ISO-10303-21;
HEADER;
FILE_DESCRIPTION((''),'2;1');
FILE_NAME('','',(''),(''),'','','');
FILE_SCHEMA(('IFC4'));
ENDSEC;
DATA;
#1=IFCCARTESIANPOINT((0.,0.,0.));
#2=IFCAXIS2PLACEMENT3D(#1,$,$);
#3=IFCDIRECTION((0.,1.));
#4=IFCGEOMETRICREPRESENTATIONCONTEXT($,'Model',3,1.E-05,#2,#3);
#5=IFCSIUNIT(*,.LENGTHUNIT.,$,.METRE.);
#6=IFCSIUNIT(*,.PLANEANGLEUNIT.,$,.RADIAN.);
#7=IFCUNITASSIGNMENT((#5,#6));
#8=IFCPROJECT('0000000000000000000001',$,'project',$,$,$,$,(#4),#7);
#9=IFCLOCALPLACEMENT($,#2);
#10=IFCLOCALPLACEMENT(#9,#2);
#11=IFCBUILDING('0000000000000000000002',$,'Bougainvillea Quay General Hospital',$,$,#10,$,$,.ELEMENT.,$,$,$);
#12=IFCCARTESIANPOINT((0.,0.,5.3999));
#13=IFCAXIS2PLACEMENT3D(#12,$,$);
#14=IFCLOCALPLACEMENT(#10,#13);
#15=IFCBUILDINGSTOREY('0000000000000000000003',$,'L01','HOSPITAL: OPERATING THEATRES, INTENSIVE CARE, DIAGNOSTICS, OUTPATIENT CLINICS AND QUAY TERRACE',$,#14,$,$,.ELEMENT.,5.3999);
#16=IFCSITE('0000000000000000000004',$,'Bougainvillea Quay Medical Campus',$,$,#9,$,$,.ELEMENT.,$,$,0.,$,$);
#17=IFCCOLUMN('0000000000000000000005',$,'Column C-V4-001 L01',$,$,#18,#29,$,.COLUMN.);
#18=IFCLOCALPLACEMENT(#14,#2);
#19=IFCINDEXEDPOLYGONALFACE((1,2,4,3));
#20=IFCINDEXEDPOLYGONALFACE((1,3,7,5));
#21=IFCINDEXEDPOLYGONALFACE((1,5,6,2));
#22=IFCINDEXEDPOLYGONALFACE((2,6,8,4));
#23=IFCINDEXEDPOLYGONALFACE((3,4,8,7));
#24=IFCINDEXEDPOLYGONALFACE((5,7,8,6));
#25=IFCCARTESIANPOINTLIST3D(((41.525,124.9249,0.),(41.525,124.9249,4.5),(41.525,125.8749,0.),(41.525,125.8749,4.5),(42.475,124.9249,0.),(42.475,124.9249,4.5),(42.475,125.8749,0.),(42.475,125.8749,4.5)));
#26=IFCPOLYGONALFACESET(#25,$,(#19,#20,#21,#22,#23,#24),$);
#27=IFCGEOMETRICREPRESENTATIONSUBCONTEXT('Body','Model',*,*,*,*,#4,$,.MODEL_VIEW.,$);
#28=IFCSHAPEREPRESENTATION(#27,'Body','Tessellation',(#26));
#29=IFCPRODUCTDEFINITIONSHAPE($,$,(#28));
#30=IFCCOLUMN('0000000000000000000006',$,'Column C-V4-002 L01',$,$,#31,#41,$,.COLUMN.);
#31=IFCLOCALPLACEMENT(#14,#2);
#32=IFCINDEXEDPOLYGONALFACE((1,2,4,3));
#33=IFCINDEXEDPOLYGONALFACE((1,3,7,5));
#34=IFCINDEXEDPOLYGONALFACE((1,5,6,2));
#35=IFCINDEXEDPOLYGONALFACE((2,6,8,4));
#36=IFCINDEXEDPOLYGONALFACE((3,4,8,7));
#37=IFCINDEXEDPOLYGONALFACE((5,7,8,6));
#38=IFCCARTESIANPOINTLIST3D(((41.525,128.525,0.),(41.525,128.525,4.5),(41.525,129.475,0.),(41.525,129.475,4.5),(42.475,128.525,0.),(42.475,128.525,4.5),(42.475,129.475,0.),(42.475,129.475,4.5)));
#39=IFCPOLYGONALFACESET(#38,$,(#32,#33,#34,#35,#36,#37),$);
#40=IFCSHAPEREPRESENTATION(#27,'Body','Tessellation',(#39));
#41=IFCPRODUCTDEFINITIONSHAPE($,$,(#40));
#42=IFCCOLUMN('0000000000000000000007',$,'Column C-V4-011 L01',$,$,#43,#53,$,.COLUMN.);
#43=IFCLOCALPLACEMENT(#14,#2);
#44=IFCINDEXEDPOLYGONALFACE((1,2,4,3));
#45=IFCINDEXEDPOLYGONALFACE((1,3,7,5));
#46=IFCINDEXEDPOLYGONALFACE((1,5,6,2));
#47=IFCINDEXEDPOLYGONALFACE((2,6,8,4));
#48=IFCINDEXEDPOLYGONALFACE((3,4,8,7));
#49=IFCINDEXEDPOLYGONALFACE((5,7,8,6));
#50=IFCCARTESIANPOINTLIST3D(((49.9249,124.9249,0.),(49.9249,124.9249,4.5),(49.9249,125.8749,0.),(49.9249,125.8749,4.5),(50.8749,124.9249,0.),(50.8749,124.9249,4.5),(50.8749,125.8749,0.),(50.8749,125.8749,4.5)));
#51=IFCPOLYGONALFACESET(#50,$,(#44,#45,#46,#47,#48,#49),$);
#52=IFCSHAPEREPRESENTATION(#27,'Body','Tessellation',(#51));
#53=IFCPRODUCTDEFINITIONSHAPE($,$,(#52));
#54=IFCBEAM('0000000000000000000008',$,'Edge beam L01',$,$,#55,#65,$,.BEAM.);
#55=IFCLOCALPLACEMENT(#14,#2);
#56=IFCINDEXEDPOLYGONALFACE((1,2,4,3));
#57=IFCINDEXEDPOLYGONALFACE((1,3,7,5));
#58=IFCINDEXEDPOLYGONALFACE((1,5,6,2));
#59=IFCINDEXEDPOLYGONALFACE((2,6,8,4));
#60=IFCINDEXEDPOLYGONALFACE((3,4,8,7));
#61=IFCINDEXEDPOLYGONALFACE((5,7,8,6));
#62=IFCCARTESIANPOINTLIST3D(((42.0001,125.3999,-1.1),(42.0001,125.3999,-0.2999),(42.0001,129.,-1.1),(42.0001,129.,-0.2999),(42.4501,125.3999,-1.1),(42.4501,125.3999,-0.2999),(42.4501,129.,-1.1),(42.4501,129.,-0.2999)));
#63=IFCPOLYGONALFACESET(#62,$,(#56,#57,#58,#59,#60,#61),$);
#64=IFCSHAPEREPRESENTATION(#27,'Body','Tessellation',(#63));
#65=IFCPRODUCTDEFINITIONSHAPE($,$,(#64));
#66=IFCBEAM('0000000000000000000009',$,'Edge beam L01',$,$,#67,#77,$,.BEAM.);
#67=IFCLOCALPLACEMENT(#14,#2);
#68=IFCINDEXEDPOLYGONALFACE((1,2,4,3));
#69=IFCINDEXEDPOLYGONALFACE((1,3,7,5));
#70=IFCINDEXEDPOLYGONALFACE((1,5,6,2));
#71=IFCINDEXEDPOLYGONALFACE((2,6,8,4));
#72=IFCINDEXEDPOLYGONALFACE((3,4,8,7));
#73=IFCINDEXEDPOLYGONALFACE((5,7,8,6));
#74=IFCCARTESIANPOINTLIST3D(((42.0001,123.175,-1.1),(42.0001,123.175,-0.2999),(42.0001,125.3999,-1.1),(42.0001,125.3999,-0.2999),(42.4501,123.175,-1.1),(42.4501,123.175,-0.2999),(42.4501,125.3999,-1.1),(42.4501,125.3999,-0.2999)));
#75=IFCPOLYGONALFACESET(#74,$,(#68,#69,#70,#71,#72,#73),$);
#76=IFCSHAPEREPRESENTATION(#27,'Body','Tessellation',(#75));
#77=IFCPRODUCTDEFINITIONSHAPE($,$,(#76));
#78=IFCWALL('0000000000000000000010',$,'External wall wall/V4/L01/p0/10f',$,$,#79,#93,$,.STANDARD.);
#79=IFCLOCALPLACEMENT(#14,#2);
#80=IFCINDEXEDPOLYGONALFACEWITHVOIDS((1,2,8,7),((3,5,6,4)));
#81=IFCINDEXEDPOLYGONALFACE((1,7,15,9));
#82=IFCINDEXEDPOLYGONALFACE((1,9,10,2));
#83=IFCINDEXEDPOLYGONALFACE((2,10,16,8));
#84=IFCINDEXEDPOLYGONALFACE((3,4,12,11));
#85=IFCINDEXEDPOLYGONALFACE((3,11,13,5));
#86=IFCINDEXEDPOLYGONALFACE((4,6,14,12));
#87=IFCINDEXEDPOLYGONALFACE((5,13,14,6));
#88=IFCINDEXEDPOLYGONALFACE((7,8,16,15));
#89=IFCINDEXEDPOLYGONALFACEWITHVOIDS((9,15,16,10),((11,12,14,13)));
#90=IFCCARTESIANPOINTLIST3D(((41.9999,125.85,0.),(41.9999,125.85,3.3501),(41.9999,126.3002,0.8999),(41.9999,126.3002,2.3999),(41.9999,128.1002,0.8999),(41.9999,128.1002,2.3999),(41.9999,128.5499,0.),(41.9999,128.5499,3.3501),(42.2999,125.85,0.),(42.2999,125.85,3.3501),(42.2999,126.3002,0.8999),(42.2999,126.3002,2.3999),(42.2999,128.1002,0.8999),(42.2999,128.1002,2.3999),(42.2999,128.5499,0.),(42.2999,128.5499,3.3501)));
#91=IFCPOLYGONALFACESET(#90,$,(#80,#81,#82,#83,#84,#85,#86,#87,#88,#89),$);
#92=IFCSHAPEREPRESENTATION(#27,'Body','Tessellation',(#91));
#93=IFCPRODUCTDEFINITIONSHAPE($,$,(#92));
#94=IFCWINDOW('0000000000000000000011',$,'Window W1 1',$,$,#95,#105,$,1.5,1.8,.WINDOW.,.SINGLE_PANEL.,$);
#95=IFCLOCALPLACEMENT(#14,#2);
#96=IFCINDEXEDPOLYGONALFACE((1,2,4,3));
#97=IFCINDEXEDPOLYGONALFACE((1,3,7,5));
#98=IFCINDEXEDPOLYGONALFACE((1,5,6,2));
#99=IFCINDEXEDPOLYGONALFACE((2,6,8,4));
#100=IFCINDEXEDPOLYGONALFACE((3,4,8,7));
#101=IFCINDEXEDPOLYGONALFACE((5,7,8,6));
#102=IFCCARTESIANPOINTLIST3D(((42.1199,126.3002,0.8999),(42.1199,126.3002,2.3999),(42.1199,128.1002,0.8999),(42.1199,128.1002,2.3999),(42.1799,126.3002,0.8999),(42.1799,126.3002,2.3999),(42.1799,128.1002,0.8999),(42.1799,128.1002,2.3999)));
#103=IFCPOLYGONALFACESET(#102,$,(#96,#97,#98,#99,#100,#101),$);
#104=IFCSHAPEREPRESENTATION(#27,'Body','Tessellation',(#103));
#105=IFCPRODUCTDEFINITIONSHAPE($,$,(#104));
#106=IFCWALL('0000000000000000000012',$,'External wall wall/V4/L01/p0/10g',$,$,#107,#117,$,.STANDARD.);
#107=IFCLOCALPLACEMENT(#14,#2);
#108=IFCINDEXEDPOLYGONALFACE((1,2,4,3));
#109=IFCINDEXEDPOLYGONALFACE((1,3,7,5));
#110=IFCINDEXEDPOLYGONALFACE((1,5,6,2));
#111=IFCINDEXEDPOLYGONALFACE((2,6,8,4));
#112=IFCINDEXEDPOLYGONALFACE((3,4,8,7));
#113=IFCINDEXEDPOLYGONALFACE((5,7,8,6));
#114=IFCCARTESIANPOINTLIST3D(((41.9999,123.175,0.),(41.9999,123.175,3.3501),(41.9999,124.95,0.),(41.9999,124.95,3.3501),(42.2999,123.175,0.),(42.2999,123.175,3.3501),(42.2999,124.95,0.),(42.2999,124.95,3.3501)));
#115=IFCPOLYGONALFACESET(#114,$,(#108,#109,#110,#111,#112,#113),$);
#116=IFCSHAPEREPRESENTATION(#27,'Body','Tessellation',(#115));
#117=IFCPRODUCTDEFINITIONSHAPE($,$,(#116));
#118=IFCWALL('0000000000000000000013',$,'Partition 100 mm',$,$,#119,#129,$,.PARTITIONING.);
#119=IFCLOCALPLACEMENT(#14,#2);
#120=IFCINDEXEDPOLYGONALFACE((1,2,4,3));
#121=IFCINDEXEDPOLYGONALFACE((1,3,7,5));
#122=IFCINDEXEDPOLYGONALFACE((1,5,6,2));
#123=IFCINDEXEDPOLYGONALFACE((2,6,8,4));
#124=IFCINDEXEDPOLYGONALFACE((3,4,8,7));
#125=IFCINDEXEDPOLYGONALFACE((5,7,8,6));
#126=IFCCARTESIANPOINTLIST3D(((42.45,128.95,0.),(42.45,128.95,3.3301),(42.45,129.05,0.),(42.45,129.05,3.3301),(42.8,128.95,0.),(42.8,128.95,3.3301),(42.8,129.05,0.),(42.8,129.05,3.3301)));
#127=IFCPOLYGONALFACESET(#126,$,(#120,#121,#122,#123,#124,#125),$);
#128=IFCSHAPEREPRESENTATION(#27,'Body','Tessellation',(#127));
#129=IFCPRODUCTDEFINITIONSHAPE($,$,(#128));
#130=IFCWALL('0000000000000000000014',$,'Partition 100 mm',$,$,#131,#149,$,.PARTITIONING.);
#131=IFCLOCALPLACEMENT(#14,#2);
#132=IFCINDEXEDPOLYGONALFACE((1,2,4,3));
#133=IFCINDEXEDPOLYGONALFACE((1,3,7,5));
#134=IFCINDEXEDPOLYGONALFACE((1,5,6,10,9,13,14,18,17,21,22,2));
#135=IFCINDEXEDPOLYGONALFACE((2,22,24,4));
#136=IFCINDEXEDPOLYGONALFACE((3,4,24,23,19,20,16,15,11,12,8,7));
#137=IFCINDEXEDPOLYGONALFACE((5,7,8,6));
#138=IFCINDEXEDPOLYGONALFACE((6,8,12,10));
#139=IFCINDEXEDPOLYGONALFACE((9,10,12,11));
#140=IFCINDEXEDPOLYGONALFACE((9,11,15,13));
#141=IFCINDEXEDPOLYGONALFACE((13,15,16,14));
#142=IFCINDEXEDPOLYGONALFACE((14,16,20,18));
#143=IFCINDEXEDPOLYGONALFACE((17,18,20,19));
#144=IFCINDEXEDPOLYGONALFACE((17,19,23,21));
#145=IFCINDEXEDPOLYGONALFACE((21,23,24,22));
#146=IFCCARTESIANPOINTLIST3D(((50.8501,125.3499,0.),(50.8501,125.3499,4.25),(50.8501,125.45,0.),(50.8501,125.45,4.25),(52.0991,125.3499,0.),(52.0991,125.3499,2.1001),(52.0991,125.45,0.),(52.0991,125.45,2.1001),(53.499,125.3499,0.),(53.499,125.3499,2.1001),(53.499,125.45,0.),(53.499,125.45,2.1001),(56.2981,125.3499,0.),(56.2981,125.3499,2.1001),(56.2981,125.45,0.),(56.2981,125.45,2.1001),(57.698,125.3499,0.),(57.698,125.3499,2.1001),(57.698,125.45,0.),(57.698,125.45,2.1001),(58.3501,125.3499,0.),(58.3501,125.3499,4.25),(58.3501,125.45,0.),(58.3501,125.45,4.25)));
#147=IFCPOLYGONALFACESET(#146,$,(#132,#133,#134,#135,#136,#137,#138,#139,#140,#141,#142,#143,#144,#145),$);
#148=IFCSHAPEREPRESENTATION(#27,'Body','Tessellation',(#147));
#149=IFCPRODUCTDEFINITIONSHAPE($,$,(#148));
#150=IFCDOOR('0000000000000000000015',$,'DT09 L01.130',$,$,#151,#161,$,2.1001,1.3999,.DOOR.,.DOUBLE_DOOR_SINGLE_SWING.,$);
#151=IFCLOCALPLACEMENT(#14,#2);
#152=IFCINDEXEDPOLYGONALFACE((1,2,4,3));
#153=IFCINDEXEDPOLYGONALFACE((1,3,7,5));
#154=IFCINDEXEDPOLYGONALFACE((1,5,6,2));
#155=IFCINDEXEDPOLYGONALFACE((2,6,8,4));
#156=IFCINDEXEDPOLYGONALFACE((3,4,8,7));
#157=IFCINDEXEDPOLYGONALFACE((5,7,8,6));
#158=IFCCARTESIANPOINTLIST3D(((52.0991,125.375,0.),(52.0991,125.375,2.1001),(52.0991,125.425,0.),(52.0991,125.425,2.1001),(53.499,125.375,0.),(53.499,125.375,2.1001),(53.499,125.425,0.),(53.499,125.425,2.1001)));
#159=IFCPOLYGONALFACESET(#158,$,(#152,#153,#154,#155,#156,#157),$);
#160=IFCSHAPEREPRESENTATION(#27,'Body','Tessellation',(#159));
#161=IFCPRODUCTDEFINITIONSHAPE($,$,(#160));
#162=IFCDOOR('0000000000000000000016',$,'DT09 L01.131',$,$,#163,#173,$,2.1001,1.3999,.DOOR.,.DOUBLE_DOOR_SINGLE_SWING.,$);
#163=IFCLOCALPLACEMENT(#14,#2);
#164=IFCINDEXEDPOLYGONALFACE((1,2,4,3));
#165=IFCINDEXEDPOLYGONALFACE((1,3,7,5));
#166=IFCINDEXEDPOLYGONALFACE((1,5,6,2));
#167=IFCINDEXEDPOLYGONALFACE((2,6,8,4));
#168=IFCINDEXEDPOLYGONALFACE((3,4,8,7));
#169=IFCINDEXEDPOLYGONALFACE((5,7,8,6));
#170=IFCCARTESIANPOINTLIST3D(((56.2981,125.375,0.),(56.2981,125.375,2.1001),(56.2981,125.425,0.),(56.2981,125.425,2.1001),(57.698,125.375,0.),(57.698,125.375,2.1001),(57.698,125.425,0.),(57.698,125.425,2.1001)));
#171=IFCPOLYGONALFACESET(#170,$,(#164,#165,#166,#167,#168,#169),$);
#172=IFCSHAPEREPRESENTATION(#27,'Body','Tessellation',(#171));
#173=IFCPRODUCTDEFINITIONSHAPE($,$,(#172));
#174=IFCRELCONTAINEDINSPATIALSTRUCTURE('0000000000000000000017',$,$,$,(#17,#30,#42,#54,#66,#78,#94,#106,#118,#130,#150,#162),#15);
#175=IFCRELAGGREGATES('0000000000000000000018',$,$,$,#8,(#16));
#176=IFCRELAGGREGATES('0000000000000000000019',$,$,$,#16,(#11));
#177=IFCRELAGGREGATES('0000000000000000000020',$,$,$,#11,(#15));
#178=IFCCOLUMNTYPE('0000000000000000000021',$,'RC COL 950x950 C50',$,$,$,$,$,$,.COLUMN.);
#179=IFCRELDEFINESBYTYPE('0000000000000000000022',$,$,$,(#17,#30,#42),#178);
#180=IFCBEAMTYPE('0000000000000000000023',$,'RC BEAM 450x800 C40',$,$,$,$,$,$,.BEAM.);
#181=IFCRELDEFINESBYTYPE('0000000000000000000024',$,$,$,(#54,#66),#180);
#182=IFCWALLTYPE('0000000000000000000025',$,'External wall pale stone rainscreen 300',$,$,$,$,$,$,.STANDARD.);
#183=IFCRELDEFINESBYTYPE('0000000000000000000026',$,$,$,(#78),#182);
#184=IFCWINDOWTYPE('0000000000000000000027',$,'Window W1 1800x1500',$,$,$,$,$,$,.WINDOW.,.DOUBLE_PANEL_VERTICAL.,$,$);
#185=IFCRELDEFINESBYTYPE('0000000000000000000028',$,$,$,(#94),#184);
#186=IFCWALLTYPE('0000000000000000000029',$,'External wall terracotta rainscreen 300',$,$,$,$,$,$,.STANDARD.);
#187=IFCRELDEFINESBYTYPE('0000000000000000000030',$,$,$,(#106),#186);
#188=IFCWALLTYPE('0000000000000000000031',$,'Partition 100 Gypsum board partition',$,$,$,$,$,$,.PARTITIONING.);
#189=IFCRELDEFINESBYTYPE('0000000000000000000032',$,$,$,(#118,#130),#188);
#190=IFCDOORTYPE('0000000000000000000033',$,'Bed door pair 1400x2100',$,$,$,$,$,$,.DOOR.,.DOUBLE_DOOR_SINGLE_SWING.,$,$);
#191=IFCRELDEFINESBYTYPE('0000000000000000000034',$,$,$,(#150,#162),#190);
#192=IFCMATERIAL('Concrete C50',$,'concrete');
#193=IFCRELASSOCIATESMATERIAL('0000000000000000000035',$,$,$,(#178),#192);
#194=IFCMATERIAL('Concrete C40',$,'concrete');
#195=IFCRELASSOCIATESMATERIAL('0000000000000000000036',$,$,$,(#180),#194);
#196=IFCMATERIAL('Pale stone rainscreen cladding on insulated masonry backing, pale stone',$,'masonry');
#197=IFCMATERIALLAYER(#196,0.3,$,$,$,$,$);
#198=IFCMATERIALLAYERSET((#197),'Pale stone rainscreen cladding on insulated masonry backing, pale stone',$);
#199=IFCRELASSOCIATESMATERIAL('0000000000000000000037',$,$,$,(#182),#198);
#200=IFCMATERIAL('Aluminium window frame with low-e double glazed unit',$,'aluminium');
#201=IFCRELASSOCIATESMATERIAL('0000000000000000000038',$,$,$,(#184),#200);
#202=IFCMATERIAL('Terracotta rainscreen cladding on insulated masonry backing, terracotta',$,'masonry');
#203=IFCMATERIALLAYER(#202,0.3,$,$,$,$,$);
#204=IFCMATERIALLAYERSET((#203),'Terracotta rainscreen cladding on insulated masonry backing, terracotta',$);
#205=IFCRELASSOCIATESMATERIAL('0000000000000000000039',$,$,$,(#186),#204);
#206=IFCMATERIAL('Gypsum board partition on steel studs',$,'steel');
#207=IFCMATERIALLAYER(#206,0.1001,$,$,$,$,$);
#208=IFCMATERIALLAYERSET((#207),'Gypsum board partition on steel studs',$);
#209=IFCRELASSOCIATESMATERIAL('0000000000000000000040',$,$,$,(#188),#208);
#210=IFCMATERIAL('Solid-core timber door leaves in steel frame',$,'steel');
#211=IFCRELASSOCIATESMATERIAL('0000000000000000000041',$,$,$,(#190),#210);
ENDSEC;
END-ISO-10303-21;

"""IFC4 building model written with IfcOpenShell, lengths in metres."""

from ifc_helpers import new_model, si_unit, direction, frame, frame_2d, origin, origin_2d, place, context, subcontext, project, spatial, rectangle, extrude, material, layer, layer_set, material_profile, profile_set, type_object, element, fill, save


model = new_model("IFC4")

# Units and contexts
model_context = context("Model", 3, precision=1e-05, world=origin(), true_north=direction((0.0, 1.0)))
body_context = subcontext(model_context, "Body", "Model", "MODEL_VIEW")
ifc_project = project(units=[si_unit("LENGTHUNIT", "METRE"), si_unit("PLANEANGLEUNIT", "RADIAN")], contexts=[model_context])

# Site, building, storey
site_placement = place(None, origin())
site = spatial("IfcSite", under=ifc_project, at=site_placement, Name="Bougainvillea Quay Medical Campus", CompositionType="ELEMENT", RefElevation=0.0)
building_placement = place(site_placement, origin())
building = spatial("IfcBuilding", under=site, at=building_placement, Name="Bougainvillea Quay General Hospital", CompositionType="ELEMENT")
storey_placement = place(building_placement, frame((0.0, 0.0, 5.3999)))
storey = spatial("IfcBuildingStorey", under=building, at=storey_placement, Name="L01", Description="HOSPITAL: OPERATING THEATRES, INTENSIVE CARE, DIAGNOSTICS, OUTPATIENT CLINICS AND QUAY TERRACE", CompositionType="ELEMENT", Elevation=5.3999)

# Columns
ifc_material_1 = material(Name="Concrete C50", Category="concrete")
ifc_material_profile_1 = material_profile(ifc_material_1, rectangle(XDim=0.95, YDim=0.95, at=origin_2d()))
ifc_profile_set_1 = profile_set([ifc_material_profile_1], Name="Concrete C50")
column_type = type_object("IfcColumnType", Name="RC COL 950x950 C50", PredefinedType="COLUMN", material=ifc_profile_set_1)
for number, where, z_axis, x_axis, name in (
    (1, (42.0, 125.3999, 0.0), (0.0, 0.0, 1.0), (1.0, 0.0, 0.0), "Column C-V4-001 L01"),
    (2, (42.0, 129.0, 0.0), (0.0, 0.0, 1.0), (1.0, 0.0, 0.0), "Column C-V4-002 L01"),
    (3, (50.3999, 125.3999, 0.0), (0.0, 0.0, 1.0), (1.0, 0.0, 0.0), "Column C-V4-011 L01"),
):
    element("IfcColumn", number, at=place(storey_placement, frame(where, z_axis=z_axis, x_axis=x_axis)), inside=storey, type_object=column_type, Name=name, PredefinedType="COLUMN", context=body_context, shape_type="SweptSolid", body=[
        extrude(rectangle(XDim=0.95, YDim=0.95, at=origin_2d()), origin(), (0.0, 0.0, 1.0), 4.5),
    ])

# Beams
ifc_material_2 = material(Name="Concrete C40", Category="concrete")
ifc_material_profile_2 = material_profile(ifc_material_2, rectangle(XDim=0.45, YDim=0.8, at=origin_2d()))
ifc_profile_set_2 = profile_set([ifc_material_profile_2], Name="Concrete C40")
beam_type = type_object("IfcBeamType", Name="RC BEAM 450x800 C40", PredefinedType="BEAM", material=ifc_profile_set_2)
beam_1_placement = place(storey_placement, frame((42.2251, 129.0, -0.7), z_axis=(0.0, -1.0, 0.0), x_axis=(1.0, 0.0, 0.0)))
element("IfcBeam", 4, at=beam_1_placement, inside=storey, type_object=beam_type, Name="Edge beam L01", PredefinedType="BEAM", context=body_context, shape_type="SweptSolid", body=[
    extrude(rectangle(XDim=0.45, YDim=0.8, at=origin_2d()), origin(), (0.0, 0.0, 1.0), 3.6001),
])
beam_2_placement = place(storey_placement, frame((42.2251, 125.3999, -0.7), z_axis=(0.0, -1.0, 0.0), x_axis=(1.0, 0.0, 0.0)))
element("IfcBeam", 5, at=beam_2_placement, inside=storey, type_object=beam_type, Name="Edge beam L01", PredefinedType="BEAM", context=body_context, shape_type="SweptSolid", body=[
    extrude(rectangle(XDim=0.45, YDim=0.8, at=origin_2d()), origin(), (0.0, 0.0, 1.0), 2.2249),
])

# Wall, opening, window
ifc_material_3 = material(Name="Pale stone rainscreen cladding on insulated masonry backing, pale stone", Category="masonry")
ifc_layer_1 = layer(ifc_material_3, 0.3)
ifc_layer_set_1 = layer_set([ifc_layer_1], Name="Pale stone rainscreen cladding on insulated masonry backing, pale stone")
wall_type_1 = type_object("IfcWallType", Name="External wall pale stone rainscreen 300", PredefinedType="STANDARD", material=ifc_layer_set_1)
wall_1_placement = place(storey_placement, frame((42.1499, 128.55, 0.0), z_axis=(0.0, 0.0, 1.0), x_axis=(0.0, -1.0, 0.0)))
wall_1 = element("IfcWall", 6, at=wall_1_placement, inside=storey, type_object=wall_type_1, Name="External wall wall/V4/L01/p0/10f", PredefinedType="STANDARD", context=body_context, shape_type="SweptSolid", body=[
    extrude(rectangle(XDim=2.7, YDim=0.3, at=frame_2d((1.3501, 0.0))), origin(), (0.0, 0.0, 1.0), 3.3501),
])
opening_1_placement = place(wall_1_placement, frame((0.45, 0.0, 0.8999)))
opening_1 = element("IfcOpeningElement", 7, at=opening_1_placement, cuts=wall_1, PredefinedType="OPENING", context=body_context, shape_type="SweptSolid", body=[
    extrude(rectangle(XDim=1.8, YDim=1.5, at=frame_2d((0.8999, 0.75))), frame((0.0, 0.1599, 0.0), z_axis=(0.0, -1.0, 0.0), x_axis=(1.0, 0.0, 0.0)), (0.0, 0.0, 1.0), 0.3201),
])
ifc_material_4 = material(Name="Aluminium window frame with low-e double glazed unit", Category="aluminium")
window_type = type_object("IfcWindowType", Name="Window W1 1800x1500", PartitioningType="DOUBLE_PANEL_VERTICAL", PredefinedType="WINDOW", material=ifc_material_4)
window_placement = place(opening_1_placement, origin())
window = element("IfcWindow", 8, at=window_placement, inside=storey, type_object=window_type, Name="Window W1 1", OverallHeight=1.5, OverallWidth=1.8, PartitioningType="SINGLE_PANEL", PredefinedType="WINDOW", context=body_context, shape_type="SweptSolid", body=[
    extrude(rectangle(XDim=1.8, YDim=1.5, at=frame_2d((0.8999, 0.75))), frame((0.0, 0.03, 0.0), z_axis=(0.0, -1.0, 0.0), x_axis=(1.0, 0.0, 0.0)), (0.0, 0.0, 1.0), 0.0601),
])
fill(opening_1, window)

# Walls
ifc_material_5 = material(Name="Terracotta rainscreen cladding on insulated masonry backing, terracotta", Category="masonry")
ifc_layer_2 = layer(ifc_material_5, 0.3)
ifc_layer_set_2 = layer_set([ifc_layer_2], Name="Terracotta rainscreen cladding on insulated masonry backing, terracotta")
wall_type_2 = type_object("IfcWallType", Name="External wall terracotta rainscreen 300", PredefinedType="STANDARD", material=ifc_layer_set_2)
wall_2_placement = place(storey_placement, frame((42.1499, 124.95, 0.0), z_axis=(0.0, 0.0, 1.0), x_axis=(0.0, -1.0, 0.0)))
element("IfcWall", 9, at=wall_2_placement, inside=storey, type_object=wall_type_2, Name="External wall wall/V4/L01/p0/10g", PredefinedType="STANDARD", context=body_context, shape_type="SweptSolid", body=[
    extrude(rectangle(XDim=1.7749, YDim=0.3, at=frame_2d((0.8875, 0.0))), origin(), (0.0, 0.0, 1.0), 3.3501),
])
ifc_material_6 = material(Name="Gypsum board partition on steel studs", Category="steel")
ifc_layer_3 = layer(ifc_material_6, 0.1001)
ifc_layer_set_3 = layer_set([ifc_layer_3], Name="Gypsum board partition on steel studs")
wall_type_3 = type_object("IfcWallType", Name="Partition 100 Gypsum board partition", PredefinedType="PARTITIONING", material=ifc_layer_set_3)
wall_3_placement = place(storey_placement, frame((42.8, 129.0, 0.0), z_axis=(0.0, 0.0, 1.0), x_axis=(-1.0, 0.0, 0.0)))
element("IfcWall", 10, at=wall_3_placement, inside=storey, type_object=wall_type_3, Name="Partition 100 mm", PredefinedType="PARTITIONING", context=body_context, shape_type="SweptSolid", body=[
    extrude(rectangle(XDim=0.3501, YDim=0.1001, at=frame_2d((0.175, 0.0))), origin(), (0.0, 0.0, 1.0), 3.3301),
])

# Wall, openings, doors
wall_4_placement = place(storey_placement, frame((50.8501, 125.3999, 0.0), z_axis=(0.0, 0.0, 1.0), x_axis=(1.0, 0.0, 0.0)))
wall_4 = element("IfcWall", 11, at=wall_4_placement, inside=storey, type_object=wall_type_3, Name="Partition 100 mm", PredefinedType="PARTITIONING", context=body_context, shape_type="SweptSolid", body=[
    extrude(rectangle(XDim=7.5, YDim=0.1001, at=frame_2d((3.75, 0.0))), origin(), (0.0, 0.0, 1.0), 4.25),
])
opening_2_placement = place(wall_4_placement, frame((1.249, 0.0, 0.0)))
opening_2 = element("IfcOpeningElement", 12, at=opening_2_placement, cuts=wall_4, PredefinedType="OPENING", context=body_context, shape_type="SweptSolid", body=[
    extrude(rectangle(XDim=1.3999, YDim=2.1001, at=frame_2d((0.7, 1.05))), frame((0.0, 0.0601, 0.0), z_axis=(0.0, -1.0, 0.0), x_axis=(1.0, 0.0, 0.0)), (0.0, 0.0, 1.0), 0.1201),
])
opening_3_placement = place(wall_4_placement, frame((5.448, 0.0, 0.0)))
opening_3 = element("IfcOpeningElement", 13, at=opening_3_placement, cuts=wall_4, PredefinedType="OPENING", context=body_context, shape_type="SweptSolid", body=[
    extrude(rectangle(XDim=1.3999, YDim=2.1001, at=frame_2d((0.7, 1.05))), frame((0.0, 0.0601, 0.0), z_axis=(0.0, -1.0, 0.0), x_axis=(1.0, 0.0, 0.0)), (0.0, 0.0, 1.0), 0.1201),
])
ifc_material_7 = material(Name="Solid-core timber door leaves in steel frame", Category="steel")
door_type_1 = type_object("IfcDoorType", Name="Bed door pair 1400x2100", OperationType="DOUBLE_DOOR_SINGLE_SWING", PredefinedType="DOOR", material=ifc_material_7)
door_1_placement = place(opening_2_placement, frame((1.3999, 0.0, 0.0), z_axis=(0.0, 0.0, 1.0), x_axis=(-1.0, 0.0, 0.0)))
door_1 = element("IfcDoor", 14, at=door_1_placement, inside=storey, type_object=door_type_1, Name="DT09 L01.130", OperationType="DOUBLE_DOOR_SINGLE_SWING", OverallHeight=2.1001, OverallWidth=1.3999, PredefinedType="DOOR", context=body_context, shape_type="SweptSolid", body=[
    extrude(rectangle(XDim=1.3999, YDim=2.1001, at=frame_2d((0.7, 1.05))), frame((0.0, 0.0249, 0.0), z_axis=(0.0, -1.0, 0.0), x_axis=(1.0, 0.0, 0.0)), (0.0, 0.0, 1.0), 0.05),
])
fill(opening_2, door_1)
door_2_placement = place(opening_3_placement, frame((1.3999, 0.0, 0.0), z_axis=(0.0, 0.0, 1.0), x_axis=(-1.0, 0.0, 0.0)))
door_2 = element("IfcDoor", 15, at=door_2_placement, inside=storey, type_object=door_type_1, Name="DT09 L01.131", OperationType="DOUBLE_DOOR_SINGLE_SWING", OverallHeight=2.1001, OverallWidth=1.3999, PredefinedType="DOOR", context=body_context, shape_type="SweptSolid", body=[
    extrude(rectangle(XDim=1.3999, YDim=2.1001, at=frame_2d((0.7, 1.05))), frame((0.0, 0.0249, 0.0), z_axis=(0.0, -1.0, 0.0), x_axis=(1.0, 0.0, 0.0)), (0.0, 0.0, 1.0), 0.05),
])
fill(opening_3, door_2)

save(model, "model.ifc")
